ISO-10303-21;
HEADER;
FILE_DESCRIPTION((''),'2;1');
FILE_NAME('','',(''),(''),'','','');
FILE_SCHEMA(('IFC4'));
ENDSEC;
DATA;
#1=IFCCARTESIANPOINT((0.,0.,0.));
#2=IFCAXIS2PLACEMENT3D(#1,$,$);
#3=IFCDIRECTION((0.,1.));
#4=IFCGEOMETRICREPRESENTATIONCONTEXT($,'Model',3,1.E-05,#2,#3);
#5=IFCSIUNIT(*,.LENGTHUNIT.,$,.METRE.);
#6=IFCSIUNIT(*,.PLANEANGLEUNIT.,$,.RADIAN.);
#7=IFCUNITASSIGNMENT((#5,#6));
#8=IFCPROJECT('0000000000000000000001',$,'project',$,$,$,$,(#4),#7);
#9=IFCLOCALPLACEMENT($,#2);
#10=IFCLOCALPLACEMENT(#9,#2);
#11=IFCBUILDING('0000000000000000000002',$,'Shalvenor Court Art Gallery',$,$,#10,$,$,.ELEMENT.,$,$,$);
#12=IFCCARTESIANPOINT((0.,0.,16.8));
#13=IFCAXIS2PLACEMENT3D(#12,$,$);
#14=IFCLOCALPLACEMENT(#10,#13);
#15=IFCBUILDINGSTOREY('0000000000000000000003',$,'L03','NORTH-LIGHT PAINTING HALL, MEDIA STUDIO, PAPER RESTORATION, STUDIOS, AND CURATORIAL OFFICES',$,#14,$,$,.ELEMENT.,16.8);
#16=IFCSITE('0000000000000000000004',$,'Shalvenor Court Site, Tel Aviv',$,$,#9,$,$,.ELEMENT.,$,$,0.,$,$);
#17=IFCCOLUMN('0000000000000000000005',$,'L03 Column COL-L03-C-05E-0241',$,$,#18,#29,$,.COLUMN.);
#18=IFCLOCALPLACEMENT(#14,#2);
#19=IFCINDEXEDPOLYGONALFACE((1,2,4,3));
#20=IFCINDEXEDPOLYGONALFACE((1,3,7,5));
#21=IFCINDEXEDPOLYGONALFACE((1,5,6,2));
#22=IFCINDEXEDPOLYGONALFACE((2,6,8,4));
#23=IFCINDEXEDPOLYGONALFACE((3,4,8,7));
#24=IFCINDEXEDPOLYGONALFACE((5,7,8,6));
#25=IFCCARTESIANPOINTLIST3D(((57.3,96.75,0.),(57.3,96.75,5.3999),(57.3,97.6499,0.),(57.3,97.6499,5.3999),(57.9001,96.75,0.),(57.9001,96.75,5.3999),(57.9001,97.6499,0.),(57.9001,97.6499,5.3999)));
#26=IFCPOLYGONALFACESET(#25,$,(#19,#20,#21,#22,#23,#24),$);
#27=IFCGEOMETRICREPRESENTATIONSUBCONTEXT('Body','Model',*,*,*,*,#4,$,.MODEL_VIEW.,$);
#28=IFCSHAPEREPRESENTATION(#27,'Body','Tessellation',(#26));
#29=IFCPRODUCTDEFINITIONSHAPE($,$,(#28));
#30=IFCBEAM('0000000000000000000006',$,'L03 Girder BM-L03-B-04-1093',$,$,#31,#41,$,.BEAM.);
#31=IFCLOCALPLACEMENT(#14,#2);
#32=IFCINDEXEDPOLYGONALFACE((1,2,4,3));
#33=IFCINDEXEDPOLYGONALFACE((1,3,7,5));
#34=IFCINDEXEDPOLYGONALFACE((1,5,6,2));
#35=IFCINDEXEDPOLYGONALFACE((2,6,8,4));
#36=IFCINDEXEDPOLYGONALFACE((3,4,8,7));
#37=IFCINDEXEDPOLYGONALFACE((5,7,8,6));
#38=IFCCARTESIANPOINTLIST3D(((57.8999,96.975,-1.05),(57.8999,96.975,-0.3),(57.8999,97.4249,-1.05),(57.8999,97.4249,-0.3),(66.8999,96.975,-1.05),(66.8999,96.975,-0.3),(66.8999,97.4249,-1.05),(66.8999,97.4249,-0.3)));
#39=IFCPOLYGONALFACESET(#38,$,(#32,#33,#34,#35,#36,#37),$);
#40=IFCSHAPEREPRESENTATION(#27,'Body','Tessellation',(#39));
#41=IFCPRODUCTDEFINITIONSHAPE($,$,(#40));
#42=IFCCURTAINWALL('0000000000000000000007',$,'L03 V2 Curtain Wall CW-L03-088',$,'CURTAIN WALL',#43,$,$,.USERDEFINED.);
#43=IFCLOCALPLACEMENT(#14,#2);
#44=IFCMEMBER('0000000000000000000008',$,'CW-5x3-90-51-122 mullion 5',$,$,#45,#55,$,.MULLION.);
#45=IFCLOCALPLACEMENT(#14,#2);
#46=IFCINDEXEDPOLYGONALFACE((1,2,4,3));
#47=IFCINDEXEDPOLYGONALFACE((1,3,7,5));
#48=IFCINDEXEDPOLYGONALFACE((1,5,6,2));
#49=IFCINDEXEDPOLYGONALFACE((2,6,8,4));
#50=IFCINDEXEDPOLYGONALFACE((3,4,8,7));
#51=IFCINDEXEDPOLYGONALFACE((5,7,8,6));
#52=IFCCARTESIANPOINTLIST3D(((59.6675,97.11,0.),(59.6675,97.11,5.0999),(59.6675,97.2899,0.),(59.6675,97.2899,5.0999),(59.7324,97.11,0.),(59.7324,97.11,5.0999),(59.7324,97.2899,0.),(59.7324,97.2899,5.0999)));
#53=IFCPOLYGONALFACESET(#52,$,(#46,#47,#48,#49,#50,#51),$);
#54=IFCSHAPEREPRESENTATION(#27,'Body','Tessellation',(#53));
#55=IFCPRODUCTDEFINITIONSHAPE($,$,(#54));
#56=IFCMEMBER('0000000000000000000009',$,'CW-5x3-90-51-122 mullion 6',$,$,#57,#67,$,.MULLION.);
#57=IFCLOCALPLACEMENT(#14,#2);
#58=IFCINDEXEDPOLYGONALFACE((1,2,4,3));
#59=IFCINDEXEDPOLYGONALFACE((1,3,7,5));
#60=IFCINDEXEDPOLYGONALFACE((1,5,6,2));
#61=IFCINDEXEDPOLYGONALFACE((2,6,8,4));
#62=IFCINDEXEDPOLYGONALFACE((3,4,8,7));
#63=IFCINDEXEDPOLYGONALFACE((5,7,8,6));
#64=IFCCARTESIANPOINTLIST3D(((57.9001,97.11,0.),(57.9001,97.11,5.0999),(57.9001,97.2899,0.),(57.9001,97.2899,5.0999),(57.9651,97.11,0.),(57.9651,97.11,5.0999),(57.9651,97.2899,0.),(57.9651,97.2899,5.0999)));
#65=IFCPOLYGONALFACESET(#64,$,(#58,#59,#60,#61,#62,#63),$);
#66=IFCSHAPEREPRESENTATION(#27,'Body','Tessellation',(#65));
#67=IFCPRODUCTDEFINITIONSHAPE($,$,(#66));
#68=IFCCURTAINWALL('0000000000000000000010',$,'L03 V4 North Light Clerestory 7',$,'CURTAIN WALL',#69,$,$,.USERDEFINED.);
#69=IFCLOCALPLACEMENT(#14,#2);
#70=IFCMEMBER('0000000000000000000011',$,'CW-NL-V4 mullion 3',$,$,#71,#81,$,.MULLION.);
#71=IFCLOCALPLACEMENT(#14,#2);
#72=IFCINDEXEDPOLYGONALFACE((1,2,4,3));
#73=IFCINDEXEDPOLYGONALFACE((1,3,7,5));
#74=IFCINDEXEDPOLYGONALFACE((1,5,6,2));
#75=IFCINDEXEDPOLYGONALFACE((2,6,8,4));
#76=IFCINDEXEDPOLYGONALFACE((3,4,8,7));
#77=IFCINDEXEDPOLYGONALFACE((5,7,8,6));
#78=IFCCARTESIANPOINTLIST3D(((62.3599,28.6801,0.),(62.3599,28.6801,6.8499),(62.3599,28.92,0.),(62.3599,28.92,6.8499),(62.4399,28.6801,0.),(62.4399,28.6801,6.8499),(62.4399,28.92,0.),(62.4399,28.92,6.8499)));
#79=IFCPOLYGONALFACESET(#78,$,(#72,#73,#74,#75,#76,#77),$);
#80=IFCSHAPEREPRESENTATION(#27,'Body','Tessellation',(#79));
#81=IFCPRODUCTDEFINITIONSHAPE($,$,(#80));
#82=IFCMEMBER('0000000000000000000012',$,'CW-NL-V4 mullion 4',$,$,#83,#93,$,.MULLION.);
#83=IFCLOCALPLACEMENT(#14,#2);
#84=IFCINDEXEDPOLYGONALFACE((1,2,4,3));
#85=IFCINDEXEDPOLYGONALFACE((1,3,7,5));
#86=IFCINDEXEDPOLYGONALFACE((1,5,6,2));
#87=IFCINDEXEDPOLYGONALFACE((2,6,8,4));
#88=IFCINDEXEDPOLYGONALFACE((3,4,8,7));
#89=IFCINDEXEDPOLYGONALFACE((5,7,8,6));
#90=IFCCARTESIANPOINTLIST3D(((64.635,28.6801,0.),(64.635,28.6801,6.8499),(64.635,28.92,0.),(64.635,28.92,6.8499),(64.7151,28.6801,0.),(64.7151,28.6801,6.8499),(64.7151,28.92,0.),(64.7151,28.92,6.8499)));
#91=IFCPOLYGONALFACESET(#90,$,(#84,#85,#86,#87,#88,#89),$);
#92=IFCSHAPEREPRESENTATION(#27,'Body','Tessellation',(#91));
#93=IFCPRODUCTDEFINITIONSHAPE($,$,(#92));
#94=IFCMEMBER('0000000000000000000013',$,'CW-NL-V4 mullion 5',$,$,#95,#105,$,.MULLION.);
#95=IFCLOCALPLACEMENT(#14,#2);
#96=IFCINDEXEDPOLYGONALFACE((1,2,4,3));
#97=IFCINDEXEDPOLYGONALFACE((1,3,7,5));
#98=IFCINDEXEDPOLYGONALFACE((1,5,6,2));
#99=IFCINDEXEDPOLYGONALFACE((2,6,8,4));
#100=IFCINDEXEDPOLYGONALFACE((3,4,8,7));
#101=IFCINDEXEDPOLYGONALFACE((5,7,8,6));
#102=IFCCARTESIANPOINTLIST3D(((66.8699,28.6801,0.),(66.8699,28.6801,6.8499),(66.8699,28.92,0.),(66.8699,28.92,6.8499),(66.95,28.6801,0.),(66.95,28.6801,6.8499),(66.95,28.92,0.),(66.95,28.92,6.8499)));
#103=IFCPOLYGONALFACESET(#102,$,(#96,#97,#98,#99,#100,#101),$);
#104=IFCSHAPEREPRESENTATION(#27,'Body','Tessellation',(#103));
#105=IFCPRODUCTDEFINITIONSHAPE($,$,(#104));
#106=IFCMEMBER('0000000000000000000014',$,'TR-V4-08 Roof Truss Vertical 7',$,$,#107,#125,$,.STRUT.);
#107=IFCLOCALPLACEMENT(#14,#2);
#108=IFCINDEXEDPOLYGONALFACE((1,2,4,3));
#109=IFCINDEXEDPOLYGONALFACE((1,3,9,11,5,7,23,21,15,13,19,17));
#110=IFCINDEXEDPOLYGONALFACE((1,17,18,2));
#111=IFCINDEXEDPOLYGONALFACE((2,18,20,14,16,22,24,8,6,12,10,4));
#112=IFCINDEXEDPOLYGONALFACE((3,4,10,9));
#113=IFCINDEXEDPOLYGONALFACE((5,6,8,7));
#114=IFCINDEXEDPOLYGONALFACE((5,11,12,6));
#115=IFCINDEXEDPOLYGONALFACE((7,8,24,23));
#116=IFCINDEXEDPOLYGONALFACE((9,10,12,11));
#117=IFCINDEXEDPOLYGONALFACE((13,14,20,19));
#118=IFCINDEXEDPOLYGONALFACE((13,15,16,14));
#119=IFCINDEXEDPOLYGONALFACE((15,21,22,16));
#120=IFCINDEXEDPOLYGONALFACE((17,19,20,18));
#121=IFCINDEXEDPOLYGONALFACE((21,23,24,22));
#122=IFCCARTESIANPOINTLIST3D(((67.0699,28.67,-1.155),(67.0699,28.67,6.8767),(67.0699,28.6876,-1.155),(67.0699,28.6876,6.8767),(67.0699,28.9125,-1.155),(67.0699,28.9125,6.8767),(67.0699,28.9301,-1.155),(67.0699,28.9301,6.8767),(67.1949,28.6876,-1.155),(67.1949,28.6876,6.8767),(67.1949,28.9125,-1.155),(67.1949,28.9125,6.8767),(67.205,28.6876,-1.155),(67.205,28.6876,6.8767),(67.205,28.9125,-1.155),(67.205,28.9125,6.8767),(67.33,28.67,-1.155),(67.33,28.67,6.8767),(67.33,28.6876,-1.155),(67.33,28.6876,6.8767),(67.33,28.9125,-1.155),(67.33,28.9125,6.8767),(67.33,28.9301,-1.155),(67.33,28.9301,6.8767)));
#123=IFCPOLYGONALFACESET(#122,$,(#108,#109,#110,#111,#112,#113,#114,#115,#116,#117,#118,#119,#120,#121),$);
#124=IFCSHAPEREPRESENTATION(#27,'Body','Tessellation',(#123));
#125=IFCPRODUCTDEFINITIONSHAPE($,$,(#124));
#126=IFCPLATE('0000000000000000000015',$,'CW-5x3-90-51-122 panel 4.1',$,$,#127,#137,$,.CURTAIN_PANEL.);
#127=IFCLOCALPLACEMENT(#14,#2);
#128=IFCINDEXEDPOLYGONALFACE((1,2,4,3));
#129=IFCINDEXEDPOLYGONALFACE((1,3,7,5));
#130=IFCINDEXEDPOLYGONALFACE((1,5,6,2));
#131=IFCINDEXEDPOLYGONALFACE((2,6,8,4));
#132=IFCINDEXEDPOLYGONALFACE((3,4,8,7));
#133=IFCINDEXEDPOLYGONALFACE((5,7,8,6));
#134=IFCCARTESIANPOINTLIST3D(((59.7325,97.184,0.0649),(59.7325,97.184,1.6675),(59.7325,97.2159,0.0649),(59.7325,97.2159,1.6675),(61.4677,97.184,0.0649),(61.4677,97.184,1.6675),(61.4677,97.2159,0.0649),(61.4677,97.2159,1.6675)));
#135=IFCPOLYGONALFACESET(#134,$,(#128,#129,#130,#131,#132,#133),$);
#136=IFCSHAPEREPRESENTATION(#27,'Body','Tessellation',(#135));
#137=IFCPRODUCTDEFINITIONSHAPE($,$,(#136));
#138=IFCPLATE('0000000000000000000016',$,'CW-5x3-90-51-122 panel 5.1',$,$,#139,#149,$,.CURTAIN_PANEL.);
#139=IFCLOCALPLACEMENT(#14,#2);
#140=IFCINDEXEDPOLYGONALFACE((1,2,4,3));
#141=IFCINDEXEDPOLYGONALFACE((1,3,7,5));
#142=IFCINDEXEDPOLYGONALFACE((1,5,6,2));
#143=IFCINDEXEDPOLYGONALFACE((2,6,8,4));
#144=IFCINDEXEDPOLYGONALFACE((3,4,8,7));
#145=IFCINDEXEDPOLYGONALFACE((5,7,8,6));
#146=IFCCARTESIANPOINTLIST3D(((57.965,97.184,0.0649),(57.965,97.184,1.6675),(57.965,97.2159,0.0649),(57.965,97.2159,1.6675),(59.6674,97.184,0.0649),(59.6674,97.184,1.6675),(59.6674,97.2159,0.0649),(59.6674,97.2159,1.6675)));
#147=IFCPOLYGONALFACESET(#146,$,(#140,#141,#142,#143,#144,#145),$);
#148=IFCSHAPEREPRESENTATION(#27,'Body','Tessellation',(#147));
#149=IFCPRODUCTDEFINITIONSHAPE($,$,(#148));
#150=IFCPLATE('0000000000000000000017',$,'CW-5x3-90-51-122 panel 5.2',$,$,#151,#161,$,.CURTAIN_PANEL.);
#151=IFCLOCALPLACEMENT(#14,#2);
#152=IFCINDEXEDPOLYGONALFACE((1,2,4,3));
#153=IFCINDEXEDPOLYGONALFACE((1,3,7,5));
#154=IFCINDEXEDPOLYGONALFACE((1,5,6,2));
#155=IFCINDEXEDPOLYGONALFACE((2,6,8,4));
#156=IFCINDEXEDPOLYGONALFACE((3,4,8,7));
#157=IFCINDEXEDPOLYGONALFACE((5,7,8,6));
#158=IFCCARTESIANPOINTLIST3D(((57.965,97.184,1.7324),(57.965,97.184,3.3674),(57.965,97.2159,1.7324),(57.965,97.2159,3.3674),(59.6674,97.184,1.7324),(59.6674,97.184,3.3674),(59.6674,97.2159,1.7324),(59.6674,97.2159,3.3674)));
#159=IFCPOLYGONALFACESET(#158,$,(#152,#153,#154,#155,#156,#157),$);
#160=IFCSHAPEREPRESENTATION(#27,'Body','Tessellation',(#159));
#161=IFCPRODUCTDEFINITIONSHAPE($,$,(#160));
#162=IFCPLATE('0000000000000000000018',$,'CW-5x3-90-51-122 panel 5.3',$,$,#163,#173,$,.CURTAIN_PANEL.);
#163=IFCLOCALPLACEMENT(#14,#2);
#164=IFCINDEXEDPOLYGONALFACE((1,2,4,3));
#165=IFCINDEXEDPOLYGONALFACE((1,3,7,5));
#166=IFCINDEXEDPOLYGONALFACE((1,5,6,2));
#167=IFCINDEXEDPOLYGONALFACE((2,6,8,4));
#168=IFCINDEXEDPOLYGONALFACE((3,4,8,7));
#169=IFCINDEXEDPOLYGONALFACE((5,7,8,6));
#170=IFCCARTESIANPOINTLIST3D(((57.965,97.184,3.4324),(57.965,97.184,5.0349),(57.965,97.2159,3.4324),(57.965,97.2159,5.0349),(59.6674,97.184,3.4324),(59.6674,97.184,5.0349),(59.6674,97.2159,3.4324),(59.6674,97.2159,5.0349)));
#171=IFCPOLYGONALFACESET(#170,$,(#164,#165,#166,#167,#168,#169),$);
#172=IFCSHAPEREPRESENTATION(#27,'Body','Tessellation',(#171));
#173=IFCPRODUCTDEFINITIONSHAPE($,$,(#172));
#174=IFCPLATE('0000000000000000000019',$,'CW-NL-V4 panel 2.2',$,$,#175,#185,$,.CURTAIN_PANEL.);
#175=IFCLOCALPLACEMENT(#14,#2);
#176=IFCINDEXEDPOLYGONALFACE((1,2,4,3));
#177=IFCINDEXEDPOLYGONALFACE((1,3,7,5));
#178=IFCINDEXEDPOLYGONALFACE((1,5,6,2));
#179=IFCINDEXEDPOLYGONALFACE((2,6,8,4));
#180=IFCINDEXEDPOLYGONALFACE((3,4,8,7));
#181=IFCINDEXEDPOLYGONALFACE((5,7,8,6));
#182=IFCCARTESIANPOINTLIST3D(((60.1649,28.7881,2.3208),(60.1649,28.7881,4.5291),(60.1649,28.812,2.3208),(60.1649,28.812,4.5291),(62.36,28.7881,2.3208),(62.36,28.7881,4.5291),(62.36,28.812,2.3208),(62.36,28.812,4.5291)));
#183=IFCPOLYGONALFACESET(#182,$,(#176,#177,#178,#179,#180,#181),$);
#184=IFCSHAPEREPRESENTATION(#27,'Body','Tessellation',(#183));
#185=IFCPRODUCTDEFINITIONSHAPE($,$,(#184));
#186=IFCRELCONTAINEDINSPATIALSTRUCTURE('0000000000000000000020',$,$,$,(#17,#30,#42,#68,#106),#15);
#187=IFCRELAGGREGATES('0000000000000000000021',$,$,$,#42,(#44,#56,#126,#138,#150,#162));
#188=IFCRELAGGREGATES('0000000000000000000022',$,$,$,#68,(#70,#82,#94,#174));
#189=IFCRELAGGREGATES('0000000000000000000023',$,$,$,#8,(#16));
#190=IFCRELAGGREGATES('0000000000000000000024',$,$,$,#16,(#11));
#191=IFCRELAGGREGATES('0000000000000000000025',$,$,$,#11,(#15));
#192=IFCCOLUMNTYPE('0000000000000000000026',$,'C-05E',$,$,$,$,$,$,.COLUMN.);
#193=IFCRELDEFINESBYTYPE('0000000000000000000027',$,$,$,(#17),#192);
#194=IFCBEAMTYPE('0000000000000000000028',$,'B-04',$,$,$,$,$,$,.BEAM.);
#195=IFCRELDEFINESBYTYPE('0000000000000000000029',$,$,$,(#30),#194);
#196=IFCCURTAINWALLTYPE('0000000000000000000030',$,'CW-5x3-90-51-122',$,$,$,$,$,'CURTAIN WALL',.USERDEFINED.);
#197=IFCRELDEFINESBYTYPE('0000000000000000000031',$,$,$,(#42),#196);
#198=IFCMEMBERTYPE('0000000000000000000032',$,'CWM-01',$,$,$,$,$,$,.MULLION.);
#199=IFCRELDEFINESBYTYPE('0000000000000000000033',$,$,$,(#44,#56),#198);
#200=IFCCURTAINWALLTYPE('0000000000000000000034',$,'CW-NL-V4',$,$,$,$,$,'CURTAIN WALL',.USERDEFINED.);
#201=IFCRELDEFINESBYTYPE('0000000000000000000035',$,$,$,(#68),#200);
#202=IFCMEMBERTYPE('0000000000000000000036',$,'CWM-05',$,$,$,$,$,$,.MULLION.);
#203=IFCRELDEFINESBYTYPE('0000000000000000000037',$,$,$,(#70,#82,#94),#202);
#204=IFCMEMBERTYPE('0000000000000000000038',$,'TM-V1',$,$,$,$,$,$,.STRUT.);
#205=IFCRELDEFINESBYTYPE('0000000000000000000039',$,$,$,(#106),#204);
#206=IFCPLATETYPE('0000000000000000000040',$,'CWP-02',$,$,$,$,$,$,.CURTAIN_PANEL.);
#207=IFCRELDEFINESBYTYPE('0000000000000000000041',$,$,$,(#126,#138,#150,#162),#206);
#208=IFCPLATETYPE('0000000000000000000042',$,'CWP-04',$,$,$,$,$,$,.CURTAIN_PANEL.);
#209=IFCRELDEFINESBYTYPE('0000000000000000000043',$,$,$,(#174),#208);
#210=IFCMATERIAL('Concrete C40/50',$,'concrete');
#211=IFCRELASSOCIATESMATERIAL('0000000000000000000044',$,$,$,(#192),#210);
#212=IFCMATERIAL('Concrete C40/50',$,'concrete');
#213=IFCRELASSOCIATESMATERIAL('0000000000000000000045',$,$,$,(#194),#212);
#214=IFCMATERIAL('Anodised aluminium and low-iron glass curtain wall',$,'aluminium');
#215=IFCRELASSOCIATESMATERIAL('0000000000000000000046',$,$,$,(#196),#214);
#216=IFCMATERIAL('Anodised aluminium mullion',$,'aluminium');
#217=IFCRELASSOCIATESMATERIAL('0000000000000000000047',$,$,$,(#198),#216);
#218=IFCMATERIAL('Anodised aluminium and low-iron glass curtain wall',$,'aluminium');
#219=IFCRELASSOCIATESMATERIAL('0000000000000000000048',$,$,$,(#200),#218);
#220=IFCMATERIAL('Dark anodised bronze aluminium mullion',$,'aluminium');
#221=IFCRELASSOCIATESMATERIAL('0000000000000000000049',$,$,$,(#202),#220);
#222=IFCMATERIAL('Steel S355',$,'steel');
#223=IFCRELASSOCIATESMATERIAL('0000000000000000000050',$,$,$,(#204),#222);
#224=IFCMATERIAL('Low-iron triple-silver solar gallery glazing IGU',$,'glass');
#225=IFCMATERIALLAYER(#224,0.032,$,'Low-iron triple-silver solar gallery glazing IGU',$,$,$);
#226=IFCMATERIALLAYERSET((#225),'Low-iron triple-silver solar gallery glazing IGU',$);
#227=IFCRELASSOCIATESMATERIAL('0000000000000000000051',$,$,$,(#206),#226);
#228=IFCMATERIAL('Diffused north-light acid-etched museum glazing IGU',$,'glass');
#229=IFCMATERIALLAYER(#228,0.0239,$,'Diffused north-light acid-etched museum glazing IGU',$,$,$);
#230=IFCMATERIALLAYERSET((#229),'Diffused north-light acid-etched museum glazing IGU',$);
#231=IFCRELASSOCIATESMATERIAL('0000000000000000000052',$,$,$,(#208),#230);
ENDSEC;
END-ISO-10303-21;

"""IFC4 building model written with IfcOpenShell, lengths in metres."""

from ifc_helpers import new_model, si_unit, direction, frame, origin, origin_2d, place, context, subcontext, project, spatial, rectangle, i_section, extrude, material, layer, layer_set, material_profile, profile_set, type_object, element, aggregate, save


model = new_model("IFC4")

# Units and contexts
model_context = context("Model", 3, precision=1e-05, world=origin(), true_north=direction((0.0, 1.0)))
body_context = subcontext(model_context, "Body", "Model", "MODEL_VIEW")
ifc_project = project(units=[si_unit("LENGTHUNIT", "METRE"), si_unit("PLANEANGLEUNIT", "RADIAN")], contexts=[model_context])

# Site, building, storey
site_placement = place(None, origin())
site = spatial("IfcSite", under=ifc_project, at=site_placement, Name="Shalvenor Court Site, Tel Aviv", CompositionType="ELEMENT", RefElevation=0.0)
building_placement = place(site_placement, origin())
building = spatial("IfcBuilding", under=site, at=building_placement, Name="Shalvenor Court Art Gallery", CompositionType="ELEMENT")
storey_placement = place(building_placement, frame((0.0, 0.0, 16.8)))
storey = spatial("IfcBuildingStorey", under=building, at=storey_placement, Name="L03", Description="NORTH-LIGHT PAINTING HALL, MEDIA STUDIO, PAPER RESTORATION, STUDIOS, AND CURATORIAL OFFICES", CompositionType="ELEMENT", Elevation=16.8)

# Column
ifc_material_1 = material(Name="Concrete C40/50", Category="concrete")
ifc_material_profile_1 = material_profile(ifc_material_1, rectangle(XDim=0.6001, YDim=0.8999, at=origin_2d()), Name="RC 600x900")
ifc_profile_set_1 = profile_set([ifc_material_profile_1], Name="Concrete C40/50")
column_type = type_object("IfcColumnType", Name="C-05E", PredefinedType="COLUMN", material=ifc_profile_set_1)
column_placement = place(storey_placement, frame((57.6001, 97.2, 0.0), z_axis=(0.0, 0.0, 1.0), x_axis=(1.0, 0.0, 0.0)))
element("IfcColumn", 1, at=column_placement, inside=storey, type_object=column_type, Name="L03 Column COL-L03-C-05E-0241", PredefinedType="COLUMN", context=body_context, shape_type="SweptSolid", body=[
    extrude(rectangle(XDim=0.6001, YDim=0.8999, at=origin_2d()), origin(), (0.0, 0.0, 1.0), 5.3999),
])

# Beam
ifc_material_2 = material(Name="Concrete C40/50", Category="concrete")
ifc_material_profile_2 = material_profile(ifc_material_2, rectangle(XDim=0.45, YDim=0.75, at=origin_2d()), Name="RC 450x750")
ifc_profile_set_2 = profile_set([ifc_material_profile_2], Name="Concrete C40/50")
beam_type = type_object("IfcBeamType", Name="B-04", PredefinedType="BEAM", material=ifc_profile_set_2)
beam_placement = place(storey_placement, frame((57.8999, 97.2, -0.675), z_axis=(1.0, 0.0, 0.0), x_axis=(0.0, 1.0, 0.0)))
element("IfcBeam", 2, at=beam_placement, inside=storey, type_object=beam_type, Name="L03 Girder BM-L03-B-04-1093", PredefinedType="BEAM", context=body_context, shape_type="SweptSolid", body=[
    extrude(rectangle(XDim=0.45, YDim=0.75, at=origin_2d()), origin(), (0.0, 0.0, 1.0), 9.0),
])

# Curtain walls, members
ifc_material_3 = material(Name="Anodised aluminium and low-iron glass curtain wall", Category="aluminium")
curtain_wall_type_1 = type_object("IfcCurtainWallType", Name="CW-5x3-90-51-122", ElementType="CURTAIN WALL", PredefinedType="USERDEFINED", material=ifc_material_3)
curtain_wall_1_placement = place(storey_placement, origin())
curtain_wall_1 = element("IfcCurtainWall", 3, at=curtain_wall_1_placement, inside=storey, type_object=curtain_wall_type_1, Name="L03 V2 Curtain Wall CW-L03-088", ObjectType="CURTAIN WALL", PredefinedType="USERDEFINED")
ifc_material_4 = material(Name="Anodised aluminium mullion", Category="aluminium")
ifc_material_profile_3 = material_profile(ifc_material_4, rectangle(XDim=0.0649, YDim=0.1799, at=origin_2d()), Name="CWM-01")
ifc_profile_set_3 = profile_set([ifc_material_profile_3], Name="Anodised aluminium mullion")
member_type_1 = type_object("IfcMemberType", Name="CWM-01", PredefinedType="MULLION", material=ifc_profile_set_3)
member_1_placement = place(storey_placement, frame((59.7, 97.2, 0.0), z_axis=(0.0, 0.0, 1.0), x_axis=(-1.0, 0.0, 0.0)))
member_1 = element("IfcMember", 4, at=member_1_placement, type_object=member_type_1, Name="CW-5x3-90-51-122 mullion 5", PredefinedType="MULLION", context=body_context, shape_type="SweptSolid", body=[
    extrude(rectangle(XDim=0.0649, YDim=0.1799, at=origin_2d()), origin(), (0.0, 0.0, 1.0), 5.0999),
])
member_2_placement = place(storey_placement, frame((57.9326, 97.2, 0.0), z_axis=(0.0, 0.0, 1.0), x_axis=(-1.0, 0.0, 0.0)))
member_2 = element("IfcMember", 5, at=member_2_placement, type_object=member_type_1, Name="CW-5x3-90-51-122 mullion 6", PredefinedType="MULLION", context=body_context, shape_type="SweptSolid", body=[
    extrude(rectangle(XDim=0.0649, YDim=0.1799, at=origin_2d()), origin(), (0.0, 0.0, 1.0), 5.0999),
])
ifc_material_5 = material(Name="Anodised aluminium and low-iron glass curtain wall", Category="aluminium")
curtain_wall_type_2 = type_object("IfcCurtainWallType", Name="CW-NL-V4", ElementType="CURTAIN WALL", PredefinedType="USERDEFINED", material=ifc_material_5)
curtain_wall_2_placement = place(storey_placement, origin())
curtain_wall_2 = element("IfcCurtainWall", 6, at=curtain_wall_2_placement, inside=storey, type_object=curtain_wall_type_2, Name="L03 V4 North Light Clerestory 7", ObjectType="CURTAIN WALL", PredefinedType="USERDEFINED")
ifc_material_6 = material(Name="Dark anodised bronze aluminium mullion", Category="aluminium")
ifc_material_profile_4 = material_profile(ifc_material_6, rectangle(XDim=0.0801, YDim=0.24, at=origin_2d()), Name="CWM-05")
ifc_profile_set_4 = profile_set([ifc_material_profile_4], Name="Dark anodised bronze aluminium mullion")
member_type_2 = type_object("IfcMemberType", Name="CWM-05", PredefinedType="MULLION", material=ifc_profile_set_4)
member_3_placement = place(storey_placement, frame((62.3999, 28.8, 0.0), z_axis=(0.0, 0.0, 1.0), x_axis=(1.0, 0.0, 0.0)))
member_3 = element("IfcMember", 7, at=member_3_placement, type_object=member_type_2, Name="CW-NL-V4 mullion 3", PredefinedType="MULLION", context=body_context, shape_type="SweptSolid", body=[
    extrude(rectangle(XDim=0.0801, YDim=0.24, at=origin_2d()), origin(), (0.0, 0.0, 1.0), 6.8499),
])
member_4_placement = place(storey_placement, frame((64.675, 28.8, 0.0), z_axis=(0.0, 0.0, 1.0), x_axis=(1.0, 0.0, 0.0)))
member_4 = element("IfcMember", 8, at=member_4_placement, type_object=member_type_2, Name="CW-NL-V4 mullion 4", PredefinedType="MULLION", context=body_context, shape_type="SweptSolid", body=[
    extrude(rectangle(XDim=0.0801, YDim=0.24, at=origin_2d()), origin(), (0.0, 0.0, 1.0), 6.8499),
])
member_5_placement = place(storey_placement, frame((66.9099, 28.8, 0.0), z_axis=(0.0, 0.0, 1.0), x_axis=(1.0, 0.0, 0.0)))
member_5 = element("IfcMember", 9, at=member_5_placement, type_object=member_type_2, Name="CW-NL-V4 mullion 5", PredefinedType="MULLION", context=body_context, shape_type="SweptSolid", body=[
    extrude(rectangle(XDim=0.0801, YDim=0.24, at=origin_2d()), origin(), (0.0, 0.0, 1.0), 6.8499),
])

# Member
ifc_material_7 = material(Name="Steel S355", Category="steel")
ifc_material_profile_5 = material_profile(ifc_material_7, i_section(OverallWidth=0.26, OverallDepth=0.26, WebThickness=0.01, FlangeThickness=0.0176, at=origin_2d()), Name="HEB 260")
ifc_profile_set_5 = profile_set([ifc_material_profile_5], Name="Steel S355")
member_type_3 = type_object("IfcMemberType", Name="TM-V1", PredefinedType="STRUT", material=ifc_profile_set_5)
member_6_placement = place(storey_placement, frame((67.2, 28.8, -1.155), z_axis=(0.0, 0.0, 1.0), x_axis=(1.0, 0.0, 0.0)))
element("IfcMember", 10, at=member_6_placement, inside=storey, type_object=member_type_3, Name="TR-V4-08 Roof Truss Vertical 7", PredefinedType="STRUT", context=body_context, shape_type="SweptSolid", body=[
    extrude(i_section(OverallWidth=0.26, OverallDepth=0.26, WebThickness=0.01, FlangeThickness=0.0176, at=origin_2d()), origin(), (0.0, 0.0, 1.0), 8.0317),
])

# Plates
ifc_material_8 = material(Name="Low-iron triple-silver solar gallery glazing IGU", Category="glass")
ifc_layer_1 = layer(ifc_material_8, 0.032, Name="Low-iron triple-silver solar gallery glazing IGU")
ifc_layer_set_1 = layer_set([ifc_layer_1], Name="Low-iron triple-silver solar gallery glazing IGU")
plate_type_1 = type_object("IfcPlateType", Name="CWP-02", PredefinedType="CURTAIN_PANEL", material=ifc_layer_set_1)
plate_1_placement = place(storey_placement, frame((60.6001, 97.2, 0.0649), z_axis=(0.0, 0.0, 1.0), x_axis=(-1.0, 0.0, 0.0)))
plate_1 = element("IfcPlate", 11, at=plate_1_placement, type_object=plate_type_1, Name="CW-5x3-90-51-122 panel 4.1", PredefinedType="CURTAIN_PANEL", context=body_context, shape_type="SweptSolid", body=[
    extrude(rectangle(XDim=1.7351, YDim=0.032, at=origin_2d()), origin(), (0.0, 0.0, 1.0), 1.6025),
])
plate_2_placement = place(storey_placement, frame((58.8162, 97.2, 0.0649), z_axis=(0.0, 0.0, 1.0), x_axis=(-1.0, 0.0, 0.0)))
plate_2 = element("IfcPlate", 12, at=plate_2_placement, type_object=plate_type_1, Name="CW-5x3-90-51-122 panel 5.1", PredefinedType="CURTAIN_PANEL", context=body_context, shape_type="SweptSolid", body=[
    extrude(rectangle(XDim=1.7024, YDim=0.032, at=origin_2d()), origin(), (0.0, 0.0, 1.0), 1.6025),
])
plate_3_placement = place(storey_placement, frame((58.8162, 97.2, 1.7324), z_axis=(0.0, 0.0, 1.0), x_axis=(-1.0, 0.0, 0.0)))
plate_3 = element("IfcPlate", 13, at=plate_3_placement, type_object=plate_type_1, Name="CW-5x3-90-51-122 panel 5.2", PredefinedType="CURTAIN_PANEL", context=body_context, shape_type="SweptSolid", body=[
    extrude(rectangle(XDim=1.7024, YDim=0.032, at=origin_2d()), origin(), (0.0, 0.0, 1.0), 1.635),
])
plate_4_placement = place(storey_placement, frame((58.8162, 97.2, 3.4324), z_axis=(0.0, 0.0, 1.0), x_axis=(-1.0, 0.0, 0.0)))
plate_4 = element("IfcPlate", 14, at=plate_4_placement, type_object=plate_type_1, Name="CW-5x3-90-51-122 panel 5.3", PredefinedType="CURTAIN_PANEL", context=body_context, shape_type="SweptSolid", body=[
    extrude(rectangle(XDim=1.7024, YDim=0.032, at=origin_2d()), origin(), (0.0, 0.0, 1.0), 1.6025),
])
aggregate(curtain_wall_1, [member_1, member_2, plate_1, plate_2, plate_3, plate_4])
ifc_material_9 = material(Name="Diffused north-light acid-etched museum glazing IGU", Category="glass")
ifc_layer_2 = layer(ifc_material_9, 0.0239, Name="Diffused north-light acid-etched museum glazing IGU")
ifc_layer_set_2 = layer_set([ifc_layer_2], Name="Diffused north-light acid-etched museum glazing IGU")
plate_type_2 = type_object("IfcPlateType", Name="CWP-04", PredefinedType="CURTAIN_PANEL", material=ifc_layer_set_2)
plate_5_placement = place(storey_placement, frame((61.2625, 28.8, 2.3208), z_axis=(0.0, 0.0, 1.0), x_axis=(1.0, 0.0, 0.0)))
plate_5 = element("IfcPlate", 15, at=plate_5_placement, type_object=plate_type_2, Name="CW-NL-V4 panel 2.2", PredefinedType="CURTAIN_PANEL", context=body_context, shape_type="SweptSolid", body=[
    extrude(rectangle(XDim=2.1951, YDim=0.0239, at=origin_2d()), origin(), (0.0, 0.0, 1.0), 2.2083),
])
aggregate(curtain_wall_2, [member_3, member_4, member_5, plate_5])

save(model, "model.ifc")
